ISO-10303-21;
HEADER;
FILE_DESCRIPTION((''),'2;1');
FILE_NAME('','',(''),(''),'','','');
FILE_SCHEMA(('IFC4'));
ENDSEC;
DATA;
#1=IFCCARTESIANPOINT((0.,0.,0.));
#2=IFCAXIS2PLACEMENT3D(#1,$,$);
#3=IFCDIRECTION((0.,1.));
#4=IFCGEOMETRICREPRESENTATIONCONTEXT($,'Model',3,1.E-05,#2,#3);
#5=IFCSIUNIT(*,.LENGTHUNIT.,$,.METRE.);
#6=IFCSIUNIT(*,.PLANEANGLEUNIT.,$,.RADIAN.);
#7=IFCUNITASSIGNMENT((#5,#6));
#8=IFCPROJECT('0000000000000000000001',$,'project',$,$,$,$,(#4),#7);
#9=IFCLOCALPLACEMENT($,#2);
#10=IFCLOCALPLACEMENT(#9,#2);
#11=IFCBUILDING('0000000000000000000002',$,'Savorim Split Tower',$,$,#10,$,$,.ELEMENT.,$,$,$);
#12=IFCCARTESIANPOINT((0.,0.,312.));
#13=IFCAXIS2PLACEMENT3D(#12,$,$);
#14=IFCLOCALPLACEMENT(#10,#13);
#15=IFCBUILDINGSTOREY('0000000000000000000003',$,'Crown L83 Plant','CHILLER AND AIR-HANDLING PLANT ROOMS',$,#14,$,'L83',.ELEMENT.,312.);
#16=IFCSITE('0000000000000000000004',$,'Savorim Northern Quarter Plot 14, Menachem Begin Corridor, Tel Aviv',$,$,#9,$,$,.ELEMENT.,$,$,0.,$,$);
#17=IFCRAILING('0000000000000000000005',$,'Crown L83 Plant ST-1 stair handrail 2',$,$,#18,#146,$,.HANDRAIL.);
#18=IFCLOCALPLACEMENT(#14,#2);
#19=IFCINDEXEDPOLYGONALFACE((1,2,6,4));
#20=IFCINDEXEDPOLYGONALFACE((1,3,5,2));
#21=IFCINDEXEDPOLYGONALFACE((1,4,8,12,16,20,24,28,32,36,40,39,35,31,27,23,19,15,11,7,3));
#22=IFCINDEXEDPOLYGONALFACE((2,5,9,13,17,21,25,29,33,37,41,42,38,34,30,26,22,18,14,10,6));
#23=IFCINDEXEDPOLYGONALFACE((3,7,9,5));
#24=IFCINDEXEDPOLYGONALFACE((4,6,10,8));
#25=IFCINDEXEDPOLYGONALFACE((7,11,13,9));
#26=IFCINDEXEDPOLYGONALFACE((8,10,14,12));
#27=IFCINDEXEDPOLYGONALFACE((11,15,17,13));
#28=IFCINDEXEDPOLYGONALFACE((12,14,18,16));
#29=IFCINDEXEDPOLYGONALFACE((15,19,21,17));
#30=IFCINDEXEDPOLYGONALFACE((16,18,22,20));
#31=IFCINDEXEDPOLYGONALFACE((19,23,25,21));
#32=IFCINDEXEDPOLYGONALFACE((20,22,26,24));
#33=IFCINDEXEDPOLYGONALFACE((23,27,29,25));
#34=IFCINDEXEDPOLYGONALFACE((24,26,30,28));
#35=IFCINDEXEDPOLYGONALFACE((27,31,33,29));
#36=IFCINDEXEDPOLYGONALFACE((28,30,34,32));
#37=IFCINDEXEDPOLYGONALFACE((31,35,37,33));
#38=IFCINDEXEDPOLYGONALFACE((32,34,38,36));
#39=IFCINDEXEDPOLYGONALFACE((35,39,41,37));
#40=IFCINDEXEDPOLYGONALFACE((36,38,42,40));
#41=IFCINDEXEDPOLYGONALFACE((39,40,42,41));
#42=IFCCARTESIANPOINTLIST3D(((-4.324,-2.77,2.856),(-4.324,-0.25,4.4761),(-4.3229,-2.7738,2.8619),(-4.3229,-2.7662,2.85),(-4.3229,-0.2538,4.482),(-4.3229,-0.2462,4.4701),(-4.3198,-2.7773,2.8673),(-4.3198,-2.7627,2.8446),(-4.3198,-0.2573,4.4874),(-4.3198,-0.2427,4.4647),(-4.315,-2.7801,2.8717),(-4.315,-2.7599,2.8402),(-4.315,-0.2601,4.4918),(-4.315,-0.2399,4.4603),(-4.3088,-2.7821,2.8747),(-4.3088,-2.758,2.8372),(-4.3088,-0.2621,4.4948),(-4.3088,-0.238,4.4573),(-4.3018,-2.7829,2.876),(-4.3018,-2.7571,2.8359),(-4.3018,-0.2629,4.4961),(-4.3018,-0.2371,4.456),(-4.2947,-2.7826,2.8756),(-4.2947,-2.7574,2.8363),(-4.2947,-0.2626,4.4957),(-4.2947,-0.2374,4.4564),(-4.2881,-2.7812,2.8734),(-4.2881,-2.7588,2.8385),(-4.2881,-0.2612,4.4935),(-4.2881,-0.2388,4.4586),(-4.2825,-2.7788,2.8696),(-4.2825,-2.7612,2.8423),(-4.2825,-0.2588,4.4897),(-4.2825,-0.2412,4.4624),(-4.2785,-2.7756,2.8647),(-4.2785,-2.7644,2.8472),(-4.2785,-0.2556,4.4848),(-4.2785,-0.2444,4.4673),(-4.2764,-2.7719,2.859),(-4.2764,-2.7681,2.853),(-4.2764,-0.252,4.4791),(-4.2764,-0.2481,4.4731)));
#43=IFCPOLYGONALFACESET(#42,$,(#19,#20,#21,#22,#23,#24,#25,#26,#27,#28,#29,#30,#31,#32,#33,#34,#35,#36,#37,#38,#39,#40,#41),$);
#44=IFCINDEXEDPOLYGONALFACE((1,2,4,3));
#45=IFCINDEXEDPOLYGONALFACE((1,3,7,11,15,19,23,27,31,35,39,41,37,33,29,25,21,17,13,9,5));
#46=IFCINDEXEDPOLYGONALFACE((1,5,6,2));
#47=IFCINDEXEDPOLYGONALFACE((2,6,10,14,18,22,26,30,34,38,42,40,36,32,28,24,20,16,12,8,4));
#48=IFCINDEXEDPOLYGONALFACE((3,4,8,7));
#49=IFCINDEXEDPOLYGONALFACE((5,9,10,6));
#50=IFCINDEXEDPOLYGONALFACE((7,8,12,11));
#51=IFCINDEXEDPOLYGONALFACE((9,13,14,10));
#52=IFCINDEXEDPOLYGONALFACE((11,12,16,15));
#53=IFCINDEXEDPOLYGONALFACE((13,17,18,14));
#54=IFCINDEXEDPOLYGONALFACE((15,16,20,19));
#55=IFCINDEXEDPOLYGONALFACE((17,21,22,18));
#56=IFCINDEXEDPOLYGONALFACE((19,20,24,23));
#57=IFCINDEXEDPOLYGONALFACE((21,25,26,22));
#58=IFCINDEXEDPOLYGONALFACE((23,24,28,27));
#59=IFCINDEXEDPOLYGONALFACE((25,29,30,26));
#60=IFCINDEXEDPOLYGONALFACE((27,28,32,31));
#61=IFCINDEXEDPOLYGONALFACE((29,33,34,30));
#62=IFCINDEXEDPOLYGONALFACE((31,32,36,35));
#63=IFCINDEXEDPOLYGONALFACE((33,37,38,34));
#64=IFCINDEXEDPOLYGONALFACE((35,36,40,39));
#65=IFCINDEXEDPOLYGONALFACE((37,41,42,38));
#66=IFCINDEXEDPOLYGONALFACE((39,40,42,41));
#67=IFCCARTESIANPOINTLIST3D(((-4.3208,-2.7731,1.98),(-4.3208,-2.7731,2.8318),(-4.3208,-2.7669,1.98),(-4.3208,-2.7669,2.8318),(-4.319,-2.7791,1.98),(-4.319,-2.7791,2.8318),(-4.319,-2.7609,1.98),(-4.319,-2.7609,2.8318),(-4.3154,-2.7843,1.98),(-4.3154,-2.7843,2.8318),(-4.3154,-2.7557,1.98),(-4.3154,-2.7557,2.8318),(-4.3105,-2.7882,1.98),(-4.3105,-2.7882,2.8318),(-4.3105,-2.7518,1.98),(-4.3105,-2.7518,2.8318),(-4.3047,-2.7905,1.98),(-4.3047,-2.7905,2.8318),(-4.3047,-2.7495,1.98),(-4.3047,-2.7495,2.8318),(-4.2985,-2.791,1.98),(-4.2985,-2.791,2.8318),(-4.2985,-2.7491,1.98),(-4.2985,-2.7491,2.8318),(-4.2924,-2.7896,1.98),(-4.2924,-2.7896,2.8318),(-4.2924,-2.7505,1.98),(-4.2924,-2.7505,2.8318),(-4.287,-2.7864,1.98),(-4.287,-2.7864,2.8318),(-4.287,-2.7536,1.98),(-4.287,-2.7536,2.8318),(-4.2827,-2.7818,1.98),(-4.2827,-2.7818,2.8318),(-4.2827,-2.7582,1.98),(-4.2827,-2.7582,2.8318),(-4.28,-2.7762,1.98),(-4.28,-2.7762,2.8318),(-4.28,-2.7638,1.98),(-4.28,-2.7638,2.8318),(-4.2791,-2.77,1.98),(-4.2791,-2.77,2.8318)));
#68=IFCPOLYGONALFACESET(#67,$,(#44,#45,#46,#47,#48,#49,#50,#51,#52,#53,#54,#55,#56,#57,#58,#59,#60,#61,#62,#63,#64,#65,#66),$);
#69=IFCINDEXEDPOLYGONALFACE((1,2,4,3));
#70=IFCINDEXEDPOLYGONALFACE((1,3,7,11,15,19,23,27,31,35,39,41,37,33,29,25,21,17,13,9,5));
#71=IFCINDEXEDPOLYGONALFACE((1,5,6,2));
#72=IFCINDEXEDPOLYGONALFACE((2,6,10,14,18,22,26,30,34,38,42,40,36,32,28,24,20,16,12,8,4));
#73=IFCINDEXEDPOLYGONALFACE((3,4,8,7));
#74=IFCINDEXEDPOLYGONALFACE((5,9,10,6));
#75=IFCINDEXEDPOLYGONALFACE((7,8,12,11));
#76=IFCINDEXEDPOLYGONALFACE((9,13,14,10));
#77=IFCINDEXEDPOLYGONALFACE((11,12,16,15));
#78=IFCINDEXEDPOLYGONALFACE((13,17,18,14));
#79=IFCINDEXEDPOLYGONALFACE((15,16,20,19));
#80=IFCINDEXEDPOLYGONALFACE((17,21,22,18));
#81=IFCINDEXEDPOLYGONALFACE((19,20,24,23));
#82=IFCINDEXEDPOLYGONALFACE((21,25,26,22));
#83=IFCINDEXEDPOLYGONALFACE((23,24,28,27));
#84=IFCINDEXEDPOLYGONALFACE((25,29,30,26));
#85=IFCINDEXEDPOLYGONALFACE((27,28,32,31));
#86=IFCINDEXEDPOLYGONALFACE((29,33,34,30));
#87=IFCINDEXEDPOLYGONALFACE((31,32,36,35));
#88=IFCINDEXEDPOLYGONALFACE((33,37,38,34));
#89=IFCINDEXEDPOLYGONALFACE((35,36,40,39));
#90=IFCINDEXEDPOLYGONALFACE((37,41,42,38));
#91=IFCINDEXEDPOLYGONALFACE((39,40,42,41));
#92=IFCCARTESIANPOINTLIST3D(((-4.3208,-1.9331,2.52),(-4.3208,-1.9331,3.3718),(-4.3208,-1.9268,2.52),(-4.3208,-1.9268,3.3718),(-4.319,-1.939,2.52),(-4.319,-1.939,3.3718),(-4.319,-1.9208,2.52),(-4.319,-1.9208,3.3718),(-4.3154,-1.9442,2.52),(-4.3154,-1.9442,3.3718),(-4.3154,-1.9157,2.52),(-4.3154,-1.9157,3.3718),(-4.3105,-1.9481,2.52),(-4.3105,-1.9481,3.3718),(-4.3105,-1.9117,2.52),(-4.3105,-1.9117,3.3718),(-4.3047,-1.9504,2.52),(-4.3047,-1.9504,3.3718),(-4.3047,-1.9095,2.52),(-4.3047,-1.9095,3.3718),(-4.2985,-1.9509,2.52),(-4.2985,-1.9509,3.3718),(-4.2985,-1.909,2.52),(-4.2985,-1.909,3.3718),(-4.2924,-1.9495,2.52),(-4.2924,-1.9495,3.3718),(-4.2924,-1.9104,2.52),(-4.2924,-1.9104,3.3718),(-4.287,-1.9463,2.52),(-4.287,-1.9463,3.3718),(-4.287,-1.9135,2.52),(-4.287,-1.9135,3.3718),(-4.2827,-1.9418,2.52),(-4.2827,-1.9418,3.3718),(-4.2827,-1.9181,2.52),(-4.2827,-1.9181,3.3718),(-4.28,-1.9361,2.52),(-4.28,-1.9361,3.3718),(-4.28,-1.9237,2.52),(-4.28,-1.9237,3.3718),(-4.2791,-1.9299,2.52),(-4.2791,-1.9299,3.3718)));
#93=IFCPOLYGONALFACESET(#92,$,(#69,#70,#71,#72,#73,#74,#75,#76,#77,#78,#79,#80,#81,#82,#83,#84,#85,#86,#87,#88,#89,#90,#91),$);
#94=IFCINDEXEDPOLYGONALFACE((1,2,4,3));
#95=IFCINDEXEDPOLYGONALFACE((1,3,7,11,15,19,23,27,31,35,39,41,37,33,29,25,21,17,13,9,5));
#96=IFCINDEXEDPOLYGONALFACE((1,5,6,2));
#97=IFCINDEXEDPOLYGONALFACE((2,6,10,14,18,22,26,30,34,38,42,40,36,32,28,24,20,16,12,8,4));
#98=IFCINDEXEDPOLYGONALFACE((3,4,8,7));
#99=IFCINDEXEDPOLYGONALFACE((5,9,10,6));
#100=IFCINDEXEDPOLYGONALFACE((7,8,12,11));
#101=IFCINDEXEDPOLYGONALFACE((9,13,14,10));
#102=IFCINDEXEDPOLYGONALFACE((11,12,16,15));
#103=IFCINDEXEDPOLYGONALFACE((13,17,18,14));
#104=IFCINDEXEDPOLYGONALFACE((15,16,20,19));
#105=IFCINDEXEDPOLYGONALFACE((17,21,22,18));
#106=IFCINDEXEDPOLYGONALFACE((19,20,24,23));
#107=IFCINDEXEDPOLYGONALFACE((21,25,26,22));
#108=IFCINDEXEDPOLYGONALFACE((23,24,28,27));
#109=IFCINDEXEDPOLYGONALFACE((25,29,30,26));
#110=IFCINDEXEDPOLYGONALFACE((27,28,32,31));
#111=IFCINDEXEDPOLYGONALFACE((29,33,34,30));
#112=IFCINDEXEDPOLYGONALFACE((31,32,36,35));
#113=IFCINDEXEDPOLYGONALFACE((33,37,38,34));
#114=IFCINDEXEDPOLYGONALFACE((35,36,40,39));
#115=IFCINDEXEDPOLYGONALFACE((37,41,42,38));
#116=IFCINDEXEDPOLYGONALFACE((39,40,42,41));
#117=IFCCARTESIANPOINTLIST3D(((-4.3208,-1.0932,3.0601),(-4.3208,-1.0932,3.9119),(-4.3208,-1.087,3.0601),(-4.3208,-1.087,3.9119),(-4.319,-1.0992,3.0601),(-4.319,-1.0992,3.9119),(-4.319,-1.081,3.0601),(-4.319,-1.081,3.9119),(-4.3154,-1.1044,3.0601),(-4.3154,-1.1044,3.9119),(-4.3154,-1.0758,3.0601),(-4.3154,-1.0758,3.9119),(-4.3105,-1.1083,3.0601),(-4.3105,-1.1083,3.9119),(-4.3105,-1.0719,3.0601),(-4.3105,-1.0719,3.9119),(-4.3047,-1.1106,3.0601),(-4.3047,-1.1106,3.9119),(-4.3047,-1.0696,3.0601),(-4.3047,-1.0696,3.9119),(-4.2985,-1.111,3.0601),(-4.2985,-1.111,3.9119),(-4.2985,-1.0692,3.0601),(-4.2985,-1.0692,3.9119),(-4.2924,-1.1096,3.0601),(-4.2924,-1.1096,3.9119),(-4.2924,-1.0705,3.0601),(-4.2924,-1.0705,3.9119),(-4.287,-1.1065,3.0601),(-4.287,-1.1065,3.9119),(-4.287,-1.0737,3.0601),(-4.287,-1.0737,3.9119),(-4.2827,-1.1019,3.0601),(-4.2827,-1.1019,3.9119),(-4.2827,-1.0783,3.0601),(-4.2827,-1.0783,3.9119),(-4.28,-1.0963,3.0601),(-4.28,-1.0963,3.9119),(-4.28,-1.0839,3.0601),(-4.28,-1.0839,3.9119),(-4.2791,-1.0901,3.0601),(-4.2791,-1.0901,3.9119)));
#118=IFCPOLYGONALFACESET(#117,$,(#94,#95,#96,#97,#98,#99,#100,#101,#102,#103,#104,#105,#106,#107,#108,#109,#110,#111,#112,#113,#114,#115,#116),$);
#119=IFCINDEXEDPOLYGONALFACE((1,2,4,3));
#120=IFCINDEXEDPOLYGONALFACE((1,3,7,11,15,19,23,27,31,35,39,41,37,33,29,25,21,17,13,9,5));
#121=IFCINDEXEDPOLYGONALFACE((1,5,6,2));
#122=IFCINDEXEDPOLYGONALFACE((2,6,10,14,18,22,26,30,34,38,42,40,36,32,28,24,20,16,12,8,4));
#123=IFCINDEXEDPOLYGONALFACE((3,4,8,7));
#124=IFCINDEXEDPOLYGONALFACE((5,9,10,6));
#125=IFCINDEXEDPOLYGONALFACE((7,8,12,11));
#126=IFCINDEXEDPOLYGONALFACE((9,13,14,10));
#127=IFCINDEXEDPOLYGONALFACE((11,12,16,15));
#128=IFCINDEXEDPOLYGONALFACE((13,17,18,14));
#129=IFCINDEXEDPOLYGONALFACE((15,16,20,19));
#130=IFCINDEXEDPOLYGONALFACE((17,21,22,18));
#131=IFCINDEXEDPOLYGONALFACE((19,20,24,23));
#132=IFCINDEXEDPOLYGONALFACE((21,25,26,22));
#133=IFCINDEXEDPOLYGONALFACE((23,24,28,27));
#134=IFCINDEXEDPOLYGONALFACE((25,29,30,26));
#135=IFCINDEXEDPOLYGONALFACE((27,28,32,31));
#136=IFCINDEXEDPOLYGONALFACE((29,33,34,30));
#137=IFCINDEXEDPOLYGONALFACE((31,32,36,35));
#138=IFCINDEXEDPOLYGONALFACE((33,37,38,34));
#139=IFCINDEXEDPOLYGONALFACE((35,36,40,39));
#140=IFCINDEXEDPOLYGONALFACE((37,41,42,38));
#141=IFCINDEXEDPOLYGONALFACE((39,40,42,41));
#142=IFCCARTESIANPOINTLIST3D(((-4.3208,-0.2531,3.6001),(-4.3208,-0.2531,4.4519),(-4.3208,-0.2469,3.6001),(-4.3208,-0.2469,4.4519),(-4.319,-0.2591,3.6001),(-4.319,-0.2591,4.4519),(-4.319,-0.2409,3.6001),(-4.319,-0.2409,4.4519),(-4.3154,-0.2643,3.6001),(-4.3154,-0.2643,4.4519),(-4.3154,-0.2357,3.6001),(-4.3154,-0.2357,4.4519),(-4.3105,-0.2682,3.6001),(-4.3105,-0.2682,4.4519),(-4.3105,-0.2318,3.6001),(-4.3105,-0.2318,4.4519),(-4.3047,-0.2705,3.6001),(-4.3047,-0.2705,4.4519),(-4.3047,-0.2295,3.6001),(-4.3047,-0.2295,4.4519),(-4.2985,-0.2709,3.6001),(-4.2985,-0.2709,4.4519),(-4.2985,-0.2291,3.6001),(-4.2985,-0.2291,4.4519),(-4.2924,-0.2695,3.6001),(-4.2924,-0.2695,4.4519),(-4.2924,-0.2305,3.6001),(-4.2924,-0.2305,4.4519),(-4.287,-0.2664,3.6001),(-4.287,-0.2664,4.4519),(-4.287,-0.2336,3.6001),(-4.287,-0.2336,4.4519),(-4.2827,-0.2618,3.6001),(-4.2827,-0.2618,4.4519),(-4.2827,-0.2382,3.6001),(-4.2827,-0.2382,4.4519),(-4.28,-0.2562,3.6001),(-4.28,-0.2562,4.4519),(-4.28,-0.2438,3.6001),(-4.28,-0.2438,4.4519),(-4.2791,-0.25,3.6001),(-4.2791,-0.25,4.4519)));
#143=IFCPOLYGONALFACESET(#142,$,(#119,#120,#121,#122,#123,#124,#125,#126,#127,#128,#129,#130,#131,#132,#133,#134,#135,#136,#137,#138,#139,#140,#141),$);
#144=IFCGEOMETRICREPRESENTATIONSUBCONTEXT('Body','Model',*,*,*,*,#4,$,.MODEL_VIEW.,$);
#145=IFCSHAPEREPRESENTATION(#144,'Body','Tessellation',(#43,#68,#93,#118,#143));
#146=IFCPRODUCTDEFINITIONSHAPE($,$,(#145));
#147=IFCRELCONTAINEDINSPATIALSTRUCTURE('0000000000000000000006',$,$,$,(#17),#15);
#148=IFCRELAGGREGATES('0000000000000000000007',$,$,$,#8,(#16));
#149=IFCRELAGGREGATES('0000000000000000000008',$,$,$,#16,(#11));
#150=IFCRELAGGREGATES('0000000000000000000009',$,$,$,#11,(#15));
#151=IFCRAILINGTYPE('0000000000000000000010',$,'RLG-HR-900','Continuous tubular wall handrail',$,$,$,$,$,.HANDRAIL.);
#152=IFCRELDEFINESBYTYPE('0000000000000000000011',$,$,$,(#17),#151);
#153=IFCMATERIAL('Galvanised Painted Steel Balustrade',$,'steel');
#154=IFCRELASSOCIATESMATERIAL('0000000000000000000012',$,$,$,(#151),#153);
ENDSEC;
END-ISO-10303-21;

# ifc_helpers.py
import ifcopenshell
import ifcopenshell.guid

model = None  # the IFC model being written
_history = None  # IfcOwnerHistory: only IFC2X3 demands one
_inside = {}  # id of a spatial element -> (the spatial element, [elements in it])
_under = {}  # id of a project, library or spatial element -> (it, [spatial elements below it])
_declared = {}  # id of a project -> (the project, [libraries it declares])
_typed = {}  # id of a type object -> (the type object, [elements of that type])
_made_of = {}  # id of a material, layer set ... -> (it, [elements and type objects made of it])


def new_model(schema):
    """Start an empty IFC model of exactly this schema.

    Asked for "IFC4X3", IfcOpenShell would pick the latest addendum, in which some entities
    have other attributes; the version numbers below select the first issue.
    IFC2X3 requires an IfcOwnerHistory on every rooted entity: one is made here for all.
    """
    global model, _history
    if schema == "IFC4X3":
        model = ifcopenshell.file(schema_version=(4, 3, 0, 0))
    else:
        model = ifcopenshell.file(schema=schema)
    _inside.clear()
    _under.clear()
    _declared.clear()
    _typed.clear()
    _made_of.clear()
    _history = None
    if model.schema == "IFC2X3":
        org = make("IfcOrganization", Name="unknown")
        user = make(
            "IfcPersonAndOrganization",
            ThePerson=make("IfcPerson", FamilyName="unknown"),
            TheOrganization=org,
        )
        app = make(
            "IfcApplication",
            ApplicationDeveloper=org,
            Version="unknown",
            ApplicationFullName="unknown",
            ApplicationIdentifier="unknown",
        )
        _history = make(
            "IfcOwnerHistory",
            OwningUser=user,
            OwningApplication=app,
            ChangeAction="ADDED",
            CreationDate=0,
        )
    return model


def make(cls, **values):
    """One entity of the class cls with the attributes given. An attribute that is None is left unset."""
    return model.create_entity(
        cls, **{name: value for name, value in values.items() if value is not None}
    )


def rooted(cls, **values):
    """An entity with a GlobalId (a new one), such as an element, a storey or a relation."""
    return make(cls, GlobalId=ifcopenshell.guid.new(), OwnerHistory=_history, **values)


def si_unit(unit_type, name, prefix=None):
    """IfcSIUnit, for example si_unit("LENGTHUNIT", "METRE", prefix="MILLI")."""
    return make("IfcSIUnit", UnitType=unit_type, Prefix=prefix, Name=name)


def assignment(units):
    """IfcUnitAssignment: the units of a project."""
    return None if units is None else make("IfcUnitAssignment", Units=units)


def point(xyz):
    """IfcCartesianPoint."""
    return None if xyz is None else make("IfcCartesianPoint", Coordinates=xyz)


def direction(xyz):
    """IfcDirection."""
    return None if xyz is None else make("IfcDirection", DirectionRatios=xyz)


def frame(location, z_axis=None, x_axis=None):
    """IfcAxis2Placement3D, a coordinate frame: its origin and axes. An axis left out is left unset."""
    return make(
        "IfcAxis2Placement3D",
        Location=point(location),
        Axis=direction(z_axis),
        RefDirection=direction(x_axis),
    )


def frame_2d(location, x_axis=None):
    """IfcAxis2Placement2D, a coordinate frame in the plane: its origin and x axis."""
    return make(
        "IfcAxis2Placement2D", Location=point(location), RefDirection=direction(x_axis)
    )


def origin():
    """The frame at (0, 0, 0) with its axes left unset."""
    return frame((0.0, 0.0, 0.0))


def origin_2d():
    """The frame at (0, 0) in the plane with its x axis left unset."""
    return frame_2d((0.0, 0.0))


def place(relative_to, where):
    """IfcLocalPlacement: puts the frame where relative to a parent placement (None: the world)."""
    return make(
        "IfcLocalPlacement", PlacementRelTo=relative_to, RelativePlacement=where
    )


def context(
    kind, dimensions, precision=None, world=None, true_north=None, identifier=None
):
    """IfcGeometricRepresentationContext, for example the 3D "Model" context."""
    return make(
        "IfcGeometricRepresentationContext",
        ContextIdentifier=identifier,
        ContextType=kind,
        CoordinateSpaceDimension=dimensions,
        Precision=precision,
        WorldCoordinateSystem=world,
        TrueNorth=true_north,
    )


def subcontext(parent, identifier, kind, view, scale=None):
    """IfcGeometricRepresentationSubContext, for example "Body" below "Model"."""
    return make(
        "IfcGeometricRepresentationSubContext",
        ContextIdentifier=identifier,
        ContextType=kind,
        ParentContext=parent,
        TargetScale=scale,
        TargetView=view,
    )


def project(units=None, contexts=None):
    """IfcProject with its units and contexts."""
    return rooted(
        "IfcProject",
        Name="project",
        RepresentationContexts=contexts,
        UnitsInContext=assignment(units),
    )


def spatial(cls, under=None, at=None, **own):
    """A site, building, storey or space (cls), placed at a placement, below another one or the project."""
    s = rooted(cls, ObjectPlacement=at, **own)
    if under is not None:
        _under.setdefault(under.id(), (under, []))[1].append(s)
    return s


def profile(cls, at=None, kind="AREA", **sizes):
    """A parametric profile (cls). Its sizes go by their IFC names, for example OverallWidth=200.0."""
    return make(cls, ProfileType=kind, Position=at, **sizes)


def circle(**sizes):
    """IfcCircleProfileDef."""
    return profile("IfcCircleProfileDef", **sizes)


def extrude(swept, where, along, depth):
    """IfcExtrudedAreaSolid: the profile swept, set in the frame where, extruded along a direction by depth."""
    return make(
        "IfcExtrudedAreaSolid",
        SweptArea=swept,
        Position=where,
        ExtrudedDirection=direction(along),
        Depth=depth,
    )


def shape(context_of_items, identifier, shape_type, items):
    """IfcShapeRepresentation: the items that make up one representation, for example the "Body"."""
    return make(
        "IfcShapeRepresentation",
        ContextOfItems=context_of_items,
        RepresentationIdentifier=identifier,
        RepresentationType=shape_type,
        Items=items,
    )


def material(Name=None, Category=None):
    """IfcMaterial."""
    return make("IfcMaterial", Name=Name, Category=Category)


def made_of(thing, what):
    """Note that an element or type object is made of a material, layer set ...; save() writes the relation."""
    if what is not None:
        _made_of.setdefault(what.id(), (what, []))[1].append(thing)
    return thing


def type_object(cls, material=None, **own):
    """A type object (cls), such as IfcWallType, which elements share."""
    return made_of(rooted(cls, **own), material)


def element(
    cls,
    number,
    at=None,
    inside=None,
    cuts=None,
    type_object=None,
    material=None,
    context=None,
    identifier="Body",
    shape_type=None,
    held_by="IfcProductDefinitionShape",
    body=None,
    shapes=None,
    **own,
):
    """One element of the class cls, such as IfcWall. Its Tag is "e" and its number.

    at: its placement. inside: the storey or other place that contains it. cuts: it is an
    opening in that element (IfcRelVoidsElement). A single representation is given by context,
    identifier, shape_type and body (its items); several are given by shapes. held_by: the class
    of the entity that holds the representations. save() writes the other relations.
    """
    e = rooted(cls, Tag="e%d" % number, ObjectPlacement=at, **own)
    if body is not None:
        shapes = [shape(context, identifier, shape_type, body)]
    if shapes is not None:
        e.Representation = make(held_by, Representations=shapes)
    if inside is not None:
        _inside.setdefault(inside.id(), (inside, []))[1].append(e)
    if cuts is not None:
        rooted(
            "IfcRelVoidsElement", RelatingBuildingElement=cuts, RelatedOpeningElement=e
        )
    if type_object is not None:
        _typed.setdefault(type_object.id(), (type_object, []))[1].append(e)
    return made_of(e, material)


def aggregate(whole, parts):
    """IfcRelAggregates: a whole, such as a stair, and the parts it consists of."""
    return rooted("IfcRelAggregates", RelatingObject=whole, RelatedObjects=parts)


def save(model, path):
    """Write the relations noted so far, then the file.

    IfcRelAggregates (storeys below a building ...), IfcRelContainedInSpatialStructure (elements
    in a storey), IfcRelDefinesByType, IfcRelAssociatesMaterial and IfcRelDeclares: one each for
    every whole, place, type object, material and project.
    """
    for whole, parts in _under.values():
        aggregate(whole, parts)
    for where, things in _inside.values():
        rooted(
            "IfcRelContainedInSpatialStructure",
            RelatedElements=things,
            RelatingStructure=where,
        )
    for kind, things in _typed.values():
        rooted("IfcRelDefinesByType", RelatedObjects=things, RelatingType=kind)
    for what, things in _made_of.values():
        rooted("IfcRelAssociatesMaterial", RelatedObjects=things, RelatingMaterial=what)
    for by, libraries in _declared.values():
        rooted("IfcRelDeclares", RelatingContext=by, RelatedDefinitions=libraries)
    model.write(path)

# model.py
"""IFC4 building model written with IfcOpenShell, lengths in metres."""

from ifc_helpers import new_model, si_unit, direction, frame, origin, origin_2d, place, context, subcontext, project, spatial, circle, extrude, material, type_object, element, save


model = new_model("IFC4")

# Units and contexts
model_context = context("Model", 3, precision=1e-05, world=origin(), true_north=direction((0.0, 1.0)))
body_context = subcontext(model_context, "Body", "Model", "MODEL_VIEW")
ifc_project = project(units=[si_unit("LENGTHUNIT", "METRE"), si_unit("PLANEANGLEUNIT", "RADIAN")], contexts=[model_context])

# Site, building, storey
site_placement = place(None, origin())
site = spatial("IfcSite", under=ifc_project, at=site_placement, Name="Savorim Northern Quarter Plot 14, Menachem Begin Corridor, Tel Aviv", CompositionType="ELEMENT", RefElevation=0.0)
building_placement = place(site_placement, origin())
building = spatial("IfcBuilding", under=site, at=building_placement, Name="Savorim Split Tower", CompositionType="ELEMENT")
storey_placement = place(building_placement, frame((0.0, 0.0, 312.0)))
storey = spatial("IfcBuildingStorey", under=building, at=storey_placement, Name="Crown L83 Plant", Description="CHILLER AND AIR-HANDLING PLANT ROOMS", LongName="L83", CompositionType="ELEMENT", Elevation=312.0)

# Railing
ifc_material_1 = material(Name="Galvanised Painted Steel Balustrade", Category="steel")
railing_type_1 = type_object("IfcRailingType", Name="RLG-HR-900", Description="Continuous tubular wall handrail", PredefinedType="HANDRAIL", material=ifc_material_1)
railing_1_placement = place(storey_placement, frame((-4.3, -2.77, 1.98)))
element("IfcRailing", 1, at=railing_1_placement, inside=storey, type_object=railing_type_1, Name="Crown L83 Plant ST-1 stair handrail 2", PredefinedType="HANDRAIL", context=body_context, shape_type="SweptSolid", body=[
    extrude(circle(Radius=0.0239, at=origin_2d()), frame((0.0, 0.0, 0.876), z_axis=(0.0, 0.841163, 0.540782), x_axis=(-1.0, 0.0, 0.0)), (0.0, 0.0, 1.0), 2.9958),
    extrude(circle(Radius=0.021, at=origin_2d()), origin(), (0.0, 0.0, 1.0), 0.8518),
    extrude(circle(Radius=0.021, at=origin_2d()), frame((0.0, 0.8401, 0.54)), (0.0, 0.0, 1.0), 0.8518),
    extrude(circle(Radius=0.021, at=origin_2d()), frame((0.0, 1.6799, 1.0801)), (0.0, 0.0, 1.0), 0.8518),
    extrude(circle(Radius=0.021, at=origin_2d()), frame((0.0, 2.52, 1.6201)), (0.0, 0.0, 1.0), 0.8518),
])

save(model, "model.ifc")
